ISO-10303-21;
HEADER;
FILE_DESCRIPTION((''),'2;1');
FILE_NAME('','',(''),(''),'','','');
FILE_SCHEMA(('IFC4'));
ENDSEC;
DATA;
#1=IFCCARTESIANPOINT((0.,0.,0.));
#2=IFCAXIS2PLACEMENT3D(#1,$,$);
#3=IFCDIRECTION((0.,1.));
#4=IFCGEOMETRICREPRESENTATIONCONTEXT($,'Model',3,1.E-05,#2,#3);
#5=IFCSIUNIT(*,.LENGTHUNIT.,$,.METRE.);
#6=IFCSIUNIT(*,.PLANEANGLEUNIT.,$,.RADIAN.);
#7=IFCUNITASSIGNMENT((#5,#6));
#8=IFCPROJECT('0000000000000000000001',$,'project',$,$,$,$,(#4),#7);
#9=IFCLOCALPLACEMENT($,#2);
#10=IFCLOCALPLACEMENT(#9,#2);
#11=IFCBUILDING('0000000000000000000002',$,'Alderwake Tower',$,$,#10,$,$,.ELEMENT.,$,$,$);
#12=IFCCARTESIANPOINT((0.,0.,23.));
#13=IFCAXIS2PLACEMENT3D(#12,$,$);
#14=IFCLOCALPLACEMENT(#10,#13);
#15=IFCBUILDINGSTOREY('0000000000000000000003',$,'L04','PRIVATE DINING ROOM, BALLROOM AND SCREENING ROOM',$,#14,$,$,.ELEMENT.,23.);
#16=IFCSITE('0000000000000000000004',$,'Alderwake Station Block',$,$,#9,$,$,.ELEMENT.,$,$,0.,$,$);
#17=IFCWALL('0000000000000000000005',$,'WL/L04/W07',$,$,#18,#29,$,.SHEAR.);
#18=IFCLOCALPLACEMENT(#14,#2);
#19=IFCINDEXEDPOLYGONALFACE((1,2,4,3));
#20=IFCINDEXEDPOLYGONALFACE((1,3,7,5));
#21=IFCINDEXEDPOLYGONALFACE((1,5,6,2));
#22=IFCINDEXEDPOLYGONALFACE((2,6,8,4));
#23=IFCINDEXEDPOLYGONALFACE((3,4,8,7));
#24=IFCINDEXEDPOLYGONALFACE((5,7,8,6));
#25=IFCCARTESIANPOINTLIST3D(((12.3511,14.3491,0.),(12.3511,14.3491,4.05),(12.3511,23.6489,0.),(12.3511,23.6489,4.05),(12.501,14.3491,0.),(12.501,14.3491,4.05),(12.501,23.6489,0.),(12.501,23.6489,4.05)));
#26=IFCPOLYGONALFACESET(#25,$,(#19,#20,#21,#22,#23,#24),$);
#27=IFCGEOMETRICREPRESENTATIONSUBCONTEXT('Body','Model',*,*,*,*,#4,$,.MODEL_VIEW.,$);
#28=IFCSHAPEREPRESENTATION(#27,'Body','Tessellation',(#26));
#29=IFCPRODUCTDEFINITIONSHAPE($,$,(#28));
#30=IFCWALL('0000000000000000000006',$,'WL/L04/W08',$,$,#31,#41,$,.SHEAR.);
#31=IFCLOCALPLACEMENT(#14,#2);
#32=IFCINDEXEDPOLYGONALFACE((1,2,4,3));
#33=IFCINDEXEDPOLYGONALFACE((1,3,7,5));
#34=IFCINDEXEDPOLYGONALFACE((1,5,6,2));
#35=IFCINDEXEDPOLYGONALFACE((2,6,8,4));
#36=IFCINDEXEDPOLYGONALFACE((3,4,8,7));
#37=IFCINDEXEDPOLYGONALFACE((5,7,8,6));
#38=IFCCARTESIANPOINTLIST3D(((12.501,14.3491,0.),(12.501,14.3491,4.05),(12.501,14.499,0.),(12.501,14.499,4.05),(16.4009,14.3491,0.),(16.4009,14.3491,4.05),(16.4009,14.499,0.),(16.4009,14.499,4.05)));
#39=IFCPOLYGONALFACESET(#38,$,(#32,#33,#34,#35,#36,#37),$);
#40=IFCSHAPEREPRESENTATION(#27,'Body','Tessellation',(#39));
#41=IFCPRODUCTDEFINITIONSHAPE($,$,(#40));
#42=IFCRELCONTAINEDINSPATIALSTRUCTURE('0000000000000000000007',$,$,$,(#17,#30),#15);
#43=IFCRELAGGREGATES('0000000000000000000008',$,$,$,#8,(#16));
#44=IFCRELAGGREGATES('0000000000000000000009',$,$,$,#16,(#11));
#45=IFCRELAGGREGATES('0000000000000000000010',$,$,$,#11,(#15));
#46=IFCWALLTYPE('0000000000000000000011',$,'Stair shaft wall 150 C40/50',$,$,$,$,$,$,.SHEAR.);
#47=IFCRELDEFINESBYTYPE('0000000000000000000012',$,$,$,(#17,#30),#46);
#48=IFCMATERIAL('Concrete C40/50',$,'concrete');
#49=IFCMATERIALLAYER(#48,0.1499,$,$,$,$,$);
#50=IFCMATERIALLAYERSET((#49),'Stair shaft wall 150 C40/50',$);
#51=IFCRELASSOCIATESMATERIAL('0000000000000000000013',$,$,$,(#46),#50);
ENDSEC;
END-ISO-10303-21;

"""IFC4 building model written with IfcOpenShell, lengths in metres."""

from ifc_helpers import new_model, si_unit, direction, frame, frame_2d, origin, place, context, subcontext, project, spatial, rectangle, extrude, material, layer, layer_set, type_object, element, save


model = new_model("IFC4")

# Units and contexts
model_context = context("Model", 3, precision=1e-05, world=origin(), true_north=direction((0.0, 1.0)))
body_context = subcontext(model_context, "Body", "Model", "MODEL_VIEW")
ifc_project = project(units=[si_unit("LENGTHUNIT", "METRE"), si_unit("PLANEANGLEUNIT", "RADIAN")], contexts=[model_context])

# Site, building, storey
site_placement = place(None, origin())
site = spatial("IfcSite", under=ifc_project, at=site_placement, Name="Alderwake Station Block", CompositionType="ELEMENT", RefElevation=0.0)
building_placement = place(site_placement, origin())
building = spatial("IfcBuilding", under=site, at=building_placement, Name="Alderwake Tower", CompositionType="ELEMENT")
storey_placement = place(building_placement, frame((0.0, 0.0, 23.0)))
storey = spatial("IfcBuildingStorey", under=building, at=storey_placement, Name="L04", Description="PRIVATE DINING ROOM, BALLROOM AND SCREENING ROOM", CompositionType="ELEMENT", Elevation=23.0)

# Walls
ifc_material_1 = material(Name="Concrete C40/50", Category="concrete")
ifc_layer_1 = layer(ifc_material_1, 0.1499)
ifc_layer_set_1 = layer_set([ifc_layer_1], Name="Stair shaft wall 150 C40/50")
wall_type_1 = type_object("IfcWallType", Name="Stair shaft wall 150 C40/50", PredefinedType="SHEAR", material=ifc_layer_set_1)
wall_1_placement = place(storey_placement, frame((12.426, 14.3491, 0.0), z_axis=(0.0, 0.0, 1.0), x_axis=(0.0, 1.0, 0.0)))
element("IfcWall", 1, at=wall_1_placement, inside=storey, type_object=wall_type_1, Name="WL/L04/W07", PredefinedType="SHEAR", context=body_context, shape_type="SweptSolid", body=[
    extrude(rectangle(XDim=9.2998, YDim=0.1499, at=frame_2d((4.6499, 0.0))), origin(), (0.0, 0.0, 1.0), 4.05),
])
wall_2_placement = place(storey_placement, frame((12.501, 14.4241, 0.0), z_axis=(0.0, 0.0, 1.0), x_axis=(1.0, 0.0, 0.0)))
element("IfcWall", 2, at=wall_2_placement, inside=storey, type_object=wall_type_1, Name="WL/L04/W08", PredefinedType="SHEAR", context=body_context, shape_type="SweptSolid", body=[
    extrude(rectangle(XDim=3.8999, YDim=0.1499, at=frame_2d((1.95, 0.0))), origin(), (0.0, 0.0, 1.0), 4.05),
])

save(model, "model.ifc")
